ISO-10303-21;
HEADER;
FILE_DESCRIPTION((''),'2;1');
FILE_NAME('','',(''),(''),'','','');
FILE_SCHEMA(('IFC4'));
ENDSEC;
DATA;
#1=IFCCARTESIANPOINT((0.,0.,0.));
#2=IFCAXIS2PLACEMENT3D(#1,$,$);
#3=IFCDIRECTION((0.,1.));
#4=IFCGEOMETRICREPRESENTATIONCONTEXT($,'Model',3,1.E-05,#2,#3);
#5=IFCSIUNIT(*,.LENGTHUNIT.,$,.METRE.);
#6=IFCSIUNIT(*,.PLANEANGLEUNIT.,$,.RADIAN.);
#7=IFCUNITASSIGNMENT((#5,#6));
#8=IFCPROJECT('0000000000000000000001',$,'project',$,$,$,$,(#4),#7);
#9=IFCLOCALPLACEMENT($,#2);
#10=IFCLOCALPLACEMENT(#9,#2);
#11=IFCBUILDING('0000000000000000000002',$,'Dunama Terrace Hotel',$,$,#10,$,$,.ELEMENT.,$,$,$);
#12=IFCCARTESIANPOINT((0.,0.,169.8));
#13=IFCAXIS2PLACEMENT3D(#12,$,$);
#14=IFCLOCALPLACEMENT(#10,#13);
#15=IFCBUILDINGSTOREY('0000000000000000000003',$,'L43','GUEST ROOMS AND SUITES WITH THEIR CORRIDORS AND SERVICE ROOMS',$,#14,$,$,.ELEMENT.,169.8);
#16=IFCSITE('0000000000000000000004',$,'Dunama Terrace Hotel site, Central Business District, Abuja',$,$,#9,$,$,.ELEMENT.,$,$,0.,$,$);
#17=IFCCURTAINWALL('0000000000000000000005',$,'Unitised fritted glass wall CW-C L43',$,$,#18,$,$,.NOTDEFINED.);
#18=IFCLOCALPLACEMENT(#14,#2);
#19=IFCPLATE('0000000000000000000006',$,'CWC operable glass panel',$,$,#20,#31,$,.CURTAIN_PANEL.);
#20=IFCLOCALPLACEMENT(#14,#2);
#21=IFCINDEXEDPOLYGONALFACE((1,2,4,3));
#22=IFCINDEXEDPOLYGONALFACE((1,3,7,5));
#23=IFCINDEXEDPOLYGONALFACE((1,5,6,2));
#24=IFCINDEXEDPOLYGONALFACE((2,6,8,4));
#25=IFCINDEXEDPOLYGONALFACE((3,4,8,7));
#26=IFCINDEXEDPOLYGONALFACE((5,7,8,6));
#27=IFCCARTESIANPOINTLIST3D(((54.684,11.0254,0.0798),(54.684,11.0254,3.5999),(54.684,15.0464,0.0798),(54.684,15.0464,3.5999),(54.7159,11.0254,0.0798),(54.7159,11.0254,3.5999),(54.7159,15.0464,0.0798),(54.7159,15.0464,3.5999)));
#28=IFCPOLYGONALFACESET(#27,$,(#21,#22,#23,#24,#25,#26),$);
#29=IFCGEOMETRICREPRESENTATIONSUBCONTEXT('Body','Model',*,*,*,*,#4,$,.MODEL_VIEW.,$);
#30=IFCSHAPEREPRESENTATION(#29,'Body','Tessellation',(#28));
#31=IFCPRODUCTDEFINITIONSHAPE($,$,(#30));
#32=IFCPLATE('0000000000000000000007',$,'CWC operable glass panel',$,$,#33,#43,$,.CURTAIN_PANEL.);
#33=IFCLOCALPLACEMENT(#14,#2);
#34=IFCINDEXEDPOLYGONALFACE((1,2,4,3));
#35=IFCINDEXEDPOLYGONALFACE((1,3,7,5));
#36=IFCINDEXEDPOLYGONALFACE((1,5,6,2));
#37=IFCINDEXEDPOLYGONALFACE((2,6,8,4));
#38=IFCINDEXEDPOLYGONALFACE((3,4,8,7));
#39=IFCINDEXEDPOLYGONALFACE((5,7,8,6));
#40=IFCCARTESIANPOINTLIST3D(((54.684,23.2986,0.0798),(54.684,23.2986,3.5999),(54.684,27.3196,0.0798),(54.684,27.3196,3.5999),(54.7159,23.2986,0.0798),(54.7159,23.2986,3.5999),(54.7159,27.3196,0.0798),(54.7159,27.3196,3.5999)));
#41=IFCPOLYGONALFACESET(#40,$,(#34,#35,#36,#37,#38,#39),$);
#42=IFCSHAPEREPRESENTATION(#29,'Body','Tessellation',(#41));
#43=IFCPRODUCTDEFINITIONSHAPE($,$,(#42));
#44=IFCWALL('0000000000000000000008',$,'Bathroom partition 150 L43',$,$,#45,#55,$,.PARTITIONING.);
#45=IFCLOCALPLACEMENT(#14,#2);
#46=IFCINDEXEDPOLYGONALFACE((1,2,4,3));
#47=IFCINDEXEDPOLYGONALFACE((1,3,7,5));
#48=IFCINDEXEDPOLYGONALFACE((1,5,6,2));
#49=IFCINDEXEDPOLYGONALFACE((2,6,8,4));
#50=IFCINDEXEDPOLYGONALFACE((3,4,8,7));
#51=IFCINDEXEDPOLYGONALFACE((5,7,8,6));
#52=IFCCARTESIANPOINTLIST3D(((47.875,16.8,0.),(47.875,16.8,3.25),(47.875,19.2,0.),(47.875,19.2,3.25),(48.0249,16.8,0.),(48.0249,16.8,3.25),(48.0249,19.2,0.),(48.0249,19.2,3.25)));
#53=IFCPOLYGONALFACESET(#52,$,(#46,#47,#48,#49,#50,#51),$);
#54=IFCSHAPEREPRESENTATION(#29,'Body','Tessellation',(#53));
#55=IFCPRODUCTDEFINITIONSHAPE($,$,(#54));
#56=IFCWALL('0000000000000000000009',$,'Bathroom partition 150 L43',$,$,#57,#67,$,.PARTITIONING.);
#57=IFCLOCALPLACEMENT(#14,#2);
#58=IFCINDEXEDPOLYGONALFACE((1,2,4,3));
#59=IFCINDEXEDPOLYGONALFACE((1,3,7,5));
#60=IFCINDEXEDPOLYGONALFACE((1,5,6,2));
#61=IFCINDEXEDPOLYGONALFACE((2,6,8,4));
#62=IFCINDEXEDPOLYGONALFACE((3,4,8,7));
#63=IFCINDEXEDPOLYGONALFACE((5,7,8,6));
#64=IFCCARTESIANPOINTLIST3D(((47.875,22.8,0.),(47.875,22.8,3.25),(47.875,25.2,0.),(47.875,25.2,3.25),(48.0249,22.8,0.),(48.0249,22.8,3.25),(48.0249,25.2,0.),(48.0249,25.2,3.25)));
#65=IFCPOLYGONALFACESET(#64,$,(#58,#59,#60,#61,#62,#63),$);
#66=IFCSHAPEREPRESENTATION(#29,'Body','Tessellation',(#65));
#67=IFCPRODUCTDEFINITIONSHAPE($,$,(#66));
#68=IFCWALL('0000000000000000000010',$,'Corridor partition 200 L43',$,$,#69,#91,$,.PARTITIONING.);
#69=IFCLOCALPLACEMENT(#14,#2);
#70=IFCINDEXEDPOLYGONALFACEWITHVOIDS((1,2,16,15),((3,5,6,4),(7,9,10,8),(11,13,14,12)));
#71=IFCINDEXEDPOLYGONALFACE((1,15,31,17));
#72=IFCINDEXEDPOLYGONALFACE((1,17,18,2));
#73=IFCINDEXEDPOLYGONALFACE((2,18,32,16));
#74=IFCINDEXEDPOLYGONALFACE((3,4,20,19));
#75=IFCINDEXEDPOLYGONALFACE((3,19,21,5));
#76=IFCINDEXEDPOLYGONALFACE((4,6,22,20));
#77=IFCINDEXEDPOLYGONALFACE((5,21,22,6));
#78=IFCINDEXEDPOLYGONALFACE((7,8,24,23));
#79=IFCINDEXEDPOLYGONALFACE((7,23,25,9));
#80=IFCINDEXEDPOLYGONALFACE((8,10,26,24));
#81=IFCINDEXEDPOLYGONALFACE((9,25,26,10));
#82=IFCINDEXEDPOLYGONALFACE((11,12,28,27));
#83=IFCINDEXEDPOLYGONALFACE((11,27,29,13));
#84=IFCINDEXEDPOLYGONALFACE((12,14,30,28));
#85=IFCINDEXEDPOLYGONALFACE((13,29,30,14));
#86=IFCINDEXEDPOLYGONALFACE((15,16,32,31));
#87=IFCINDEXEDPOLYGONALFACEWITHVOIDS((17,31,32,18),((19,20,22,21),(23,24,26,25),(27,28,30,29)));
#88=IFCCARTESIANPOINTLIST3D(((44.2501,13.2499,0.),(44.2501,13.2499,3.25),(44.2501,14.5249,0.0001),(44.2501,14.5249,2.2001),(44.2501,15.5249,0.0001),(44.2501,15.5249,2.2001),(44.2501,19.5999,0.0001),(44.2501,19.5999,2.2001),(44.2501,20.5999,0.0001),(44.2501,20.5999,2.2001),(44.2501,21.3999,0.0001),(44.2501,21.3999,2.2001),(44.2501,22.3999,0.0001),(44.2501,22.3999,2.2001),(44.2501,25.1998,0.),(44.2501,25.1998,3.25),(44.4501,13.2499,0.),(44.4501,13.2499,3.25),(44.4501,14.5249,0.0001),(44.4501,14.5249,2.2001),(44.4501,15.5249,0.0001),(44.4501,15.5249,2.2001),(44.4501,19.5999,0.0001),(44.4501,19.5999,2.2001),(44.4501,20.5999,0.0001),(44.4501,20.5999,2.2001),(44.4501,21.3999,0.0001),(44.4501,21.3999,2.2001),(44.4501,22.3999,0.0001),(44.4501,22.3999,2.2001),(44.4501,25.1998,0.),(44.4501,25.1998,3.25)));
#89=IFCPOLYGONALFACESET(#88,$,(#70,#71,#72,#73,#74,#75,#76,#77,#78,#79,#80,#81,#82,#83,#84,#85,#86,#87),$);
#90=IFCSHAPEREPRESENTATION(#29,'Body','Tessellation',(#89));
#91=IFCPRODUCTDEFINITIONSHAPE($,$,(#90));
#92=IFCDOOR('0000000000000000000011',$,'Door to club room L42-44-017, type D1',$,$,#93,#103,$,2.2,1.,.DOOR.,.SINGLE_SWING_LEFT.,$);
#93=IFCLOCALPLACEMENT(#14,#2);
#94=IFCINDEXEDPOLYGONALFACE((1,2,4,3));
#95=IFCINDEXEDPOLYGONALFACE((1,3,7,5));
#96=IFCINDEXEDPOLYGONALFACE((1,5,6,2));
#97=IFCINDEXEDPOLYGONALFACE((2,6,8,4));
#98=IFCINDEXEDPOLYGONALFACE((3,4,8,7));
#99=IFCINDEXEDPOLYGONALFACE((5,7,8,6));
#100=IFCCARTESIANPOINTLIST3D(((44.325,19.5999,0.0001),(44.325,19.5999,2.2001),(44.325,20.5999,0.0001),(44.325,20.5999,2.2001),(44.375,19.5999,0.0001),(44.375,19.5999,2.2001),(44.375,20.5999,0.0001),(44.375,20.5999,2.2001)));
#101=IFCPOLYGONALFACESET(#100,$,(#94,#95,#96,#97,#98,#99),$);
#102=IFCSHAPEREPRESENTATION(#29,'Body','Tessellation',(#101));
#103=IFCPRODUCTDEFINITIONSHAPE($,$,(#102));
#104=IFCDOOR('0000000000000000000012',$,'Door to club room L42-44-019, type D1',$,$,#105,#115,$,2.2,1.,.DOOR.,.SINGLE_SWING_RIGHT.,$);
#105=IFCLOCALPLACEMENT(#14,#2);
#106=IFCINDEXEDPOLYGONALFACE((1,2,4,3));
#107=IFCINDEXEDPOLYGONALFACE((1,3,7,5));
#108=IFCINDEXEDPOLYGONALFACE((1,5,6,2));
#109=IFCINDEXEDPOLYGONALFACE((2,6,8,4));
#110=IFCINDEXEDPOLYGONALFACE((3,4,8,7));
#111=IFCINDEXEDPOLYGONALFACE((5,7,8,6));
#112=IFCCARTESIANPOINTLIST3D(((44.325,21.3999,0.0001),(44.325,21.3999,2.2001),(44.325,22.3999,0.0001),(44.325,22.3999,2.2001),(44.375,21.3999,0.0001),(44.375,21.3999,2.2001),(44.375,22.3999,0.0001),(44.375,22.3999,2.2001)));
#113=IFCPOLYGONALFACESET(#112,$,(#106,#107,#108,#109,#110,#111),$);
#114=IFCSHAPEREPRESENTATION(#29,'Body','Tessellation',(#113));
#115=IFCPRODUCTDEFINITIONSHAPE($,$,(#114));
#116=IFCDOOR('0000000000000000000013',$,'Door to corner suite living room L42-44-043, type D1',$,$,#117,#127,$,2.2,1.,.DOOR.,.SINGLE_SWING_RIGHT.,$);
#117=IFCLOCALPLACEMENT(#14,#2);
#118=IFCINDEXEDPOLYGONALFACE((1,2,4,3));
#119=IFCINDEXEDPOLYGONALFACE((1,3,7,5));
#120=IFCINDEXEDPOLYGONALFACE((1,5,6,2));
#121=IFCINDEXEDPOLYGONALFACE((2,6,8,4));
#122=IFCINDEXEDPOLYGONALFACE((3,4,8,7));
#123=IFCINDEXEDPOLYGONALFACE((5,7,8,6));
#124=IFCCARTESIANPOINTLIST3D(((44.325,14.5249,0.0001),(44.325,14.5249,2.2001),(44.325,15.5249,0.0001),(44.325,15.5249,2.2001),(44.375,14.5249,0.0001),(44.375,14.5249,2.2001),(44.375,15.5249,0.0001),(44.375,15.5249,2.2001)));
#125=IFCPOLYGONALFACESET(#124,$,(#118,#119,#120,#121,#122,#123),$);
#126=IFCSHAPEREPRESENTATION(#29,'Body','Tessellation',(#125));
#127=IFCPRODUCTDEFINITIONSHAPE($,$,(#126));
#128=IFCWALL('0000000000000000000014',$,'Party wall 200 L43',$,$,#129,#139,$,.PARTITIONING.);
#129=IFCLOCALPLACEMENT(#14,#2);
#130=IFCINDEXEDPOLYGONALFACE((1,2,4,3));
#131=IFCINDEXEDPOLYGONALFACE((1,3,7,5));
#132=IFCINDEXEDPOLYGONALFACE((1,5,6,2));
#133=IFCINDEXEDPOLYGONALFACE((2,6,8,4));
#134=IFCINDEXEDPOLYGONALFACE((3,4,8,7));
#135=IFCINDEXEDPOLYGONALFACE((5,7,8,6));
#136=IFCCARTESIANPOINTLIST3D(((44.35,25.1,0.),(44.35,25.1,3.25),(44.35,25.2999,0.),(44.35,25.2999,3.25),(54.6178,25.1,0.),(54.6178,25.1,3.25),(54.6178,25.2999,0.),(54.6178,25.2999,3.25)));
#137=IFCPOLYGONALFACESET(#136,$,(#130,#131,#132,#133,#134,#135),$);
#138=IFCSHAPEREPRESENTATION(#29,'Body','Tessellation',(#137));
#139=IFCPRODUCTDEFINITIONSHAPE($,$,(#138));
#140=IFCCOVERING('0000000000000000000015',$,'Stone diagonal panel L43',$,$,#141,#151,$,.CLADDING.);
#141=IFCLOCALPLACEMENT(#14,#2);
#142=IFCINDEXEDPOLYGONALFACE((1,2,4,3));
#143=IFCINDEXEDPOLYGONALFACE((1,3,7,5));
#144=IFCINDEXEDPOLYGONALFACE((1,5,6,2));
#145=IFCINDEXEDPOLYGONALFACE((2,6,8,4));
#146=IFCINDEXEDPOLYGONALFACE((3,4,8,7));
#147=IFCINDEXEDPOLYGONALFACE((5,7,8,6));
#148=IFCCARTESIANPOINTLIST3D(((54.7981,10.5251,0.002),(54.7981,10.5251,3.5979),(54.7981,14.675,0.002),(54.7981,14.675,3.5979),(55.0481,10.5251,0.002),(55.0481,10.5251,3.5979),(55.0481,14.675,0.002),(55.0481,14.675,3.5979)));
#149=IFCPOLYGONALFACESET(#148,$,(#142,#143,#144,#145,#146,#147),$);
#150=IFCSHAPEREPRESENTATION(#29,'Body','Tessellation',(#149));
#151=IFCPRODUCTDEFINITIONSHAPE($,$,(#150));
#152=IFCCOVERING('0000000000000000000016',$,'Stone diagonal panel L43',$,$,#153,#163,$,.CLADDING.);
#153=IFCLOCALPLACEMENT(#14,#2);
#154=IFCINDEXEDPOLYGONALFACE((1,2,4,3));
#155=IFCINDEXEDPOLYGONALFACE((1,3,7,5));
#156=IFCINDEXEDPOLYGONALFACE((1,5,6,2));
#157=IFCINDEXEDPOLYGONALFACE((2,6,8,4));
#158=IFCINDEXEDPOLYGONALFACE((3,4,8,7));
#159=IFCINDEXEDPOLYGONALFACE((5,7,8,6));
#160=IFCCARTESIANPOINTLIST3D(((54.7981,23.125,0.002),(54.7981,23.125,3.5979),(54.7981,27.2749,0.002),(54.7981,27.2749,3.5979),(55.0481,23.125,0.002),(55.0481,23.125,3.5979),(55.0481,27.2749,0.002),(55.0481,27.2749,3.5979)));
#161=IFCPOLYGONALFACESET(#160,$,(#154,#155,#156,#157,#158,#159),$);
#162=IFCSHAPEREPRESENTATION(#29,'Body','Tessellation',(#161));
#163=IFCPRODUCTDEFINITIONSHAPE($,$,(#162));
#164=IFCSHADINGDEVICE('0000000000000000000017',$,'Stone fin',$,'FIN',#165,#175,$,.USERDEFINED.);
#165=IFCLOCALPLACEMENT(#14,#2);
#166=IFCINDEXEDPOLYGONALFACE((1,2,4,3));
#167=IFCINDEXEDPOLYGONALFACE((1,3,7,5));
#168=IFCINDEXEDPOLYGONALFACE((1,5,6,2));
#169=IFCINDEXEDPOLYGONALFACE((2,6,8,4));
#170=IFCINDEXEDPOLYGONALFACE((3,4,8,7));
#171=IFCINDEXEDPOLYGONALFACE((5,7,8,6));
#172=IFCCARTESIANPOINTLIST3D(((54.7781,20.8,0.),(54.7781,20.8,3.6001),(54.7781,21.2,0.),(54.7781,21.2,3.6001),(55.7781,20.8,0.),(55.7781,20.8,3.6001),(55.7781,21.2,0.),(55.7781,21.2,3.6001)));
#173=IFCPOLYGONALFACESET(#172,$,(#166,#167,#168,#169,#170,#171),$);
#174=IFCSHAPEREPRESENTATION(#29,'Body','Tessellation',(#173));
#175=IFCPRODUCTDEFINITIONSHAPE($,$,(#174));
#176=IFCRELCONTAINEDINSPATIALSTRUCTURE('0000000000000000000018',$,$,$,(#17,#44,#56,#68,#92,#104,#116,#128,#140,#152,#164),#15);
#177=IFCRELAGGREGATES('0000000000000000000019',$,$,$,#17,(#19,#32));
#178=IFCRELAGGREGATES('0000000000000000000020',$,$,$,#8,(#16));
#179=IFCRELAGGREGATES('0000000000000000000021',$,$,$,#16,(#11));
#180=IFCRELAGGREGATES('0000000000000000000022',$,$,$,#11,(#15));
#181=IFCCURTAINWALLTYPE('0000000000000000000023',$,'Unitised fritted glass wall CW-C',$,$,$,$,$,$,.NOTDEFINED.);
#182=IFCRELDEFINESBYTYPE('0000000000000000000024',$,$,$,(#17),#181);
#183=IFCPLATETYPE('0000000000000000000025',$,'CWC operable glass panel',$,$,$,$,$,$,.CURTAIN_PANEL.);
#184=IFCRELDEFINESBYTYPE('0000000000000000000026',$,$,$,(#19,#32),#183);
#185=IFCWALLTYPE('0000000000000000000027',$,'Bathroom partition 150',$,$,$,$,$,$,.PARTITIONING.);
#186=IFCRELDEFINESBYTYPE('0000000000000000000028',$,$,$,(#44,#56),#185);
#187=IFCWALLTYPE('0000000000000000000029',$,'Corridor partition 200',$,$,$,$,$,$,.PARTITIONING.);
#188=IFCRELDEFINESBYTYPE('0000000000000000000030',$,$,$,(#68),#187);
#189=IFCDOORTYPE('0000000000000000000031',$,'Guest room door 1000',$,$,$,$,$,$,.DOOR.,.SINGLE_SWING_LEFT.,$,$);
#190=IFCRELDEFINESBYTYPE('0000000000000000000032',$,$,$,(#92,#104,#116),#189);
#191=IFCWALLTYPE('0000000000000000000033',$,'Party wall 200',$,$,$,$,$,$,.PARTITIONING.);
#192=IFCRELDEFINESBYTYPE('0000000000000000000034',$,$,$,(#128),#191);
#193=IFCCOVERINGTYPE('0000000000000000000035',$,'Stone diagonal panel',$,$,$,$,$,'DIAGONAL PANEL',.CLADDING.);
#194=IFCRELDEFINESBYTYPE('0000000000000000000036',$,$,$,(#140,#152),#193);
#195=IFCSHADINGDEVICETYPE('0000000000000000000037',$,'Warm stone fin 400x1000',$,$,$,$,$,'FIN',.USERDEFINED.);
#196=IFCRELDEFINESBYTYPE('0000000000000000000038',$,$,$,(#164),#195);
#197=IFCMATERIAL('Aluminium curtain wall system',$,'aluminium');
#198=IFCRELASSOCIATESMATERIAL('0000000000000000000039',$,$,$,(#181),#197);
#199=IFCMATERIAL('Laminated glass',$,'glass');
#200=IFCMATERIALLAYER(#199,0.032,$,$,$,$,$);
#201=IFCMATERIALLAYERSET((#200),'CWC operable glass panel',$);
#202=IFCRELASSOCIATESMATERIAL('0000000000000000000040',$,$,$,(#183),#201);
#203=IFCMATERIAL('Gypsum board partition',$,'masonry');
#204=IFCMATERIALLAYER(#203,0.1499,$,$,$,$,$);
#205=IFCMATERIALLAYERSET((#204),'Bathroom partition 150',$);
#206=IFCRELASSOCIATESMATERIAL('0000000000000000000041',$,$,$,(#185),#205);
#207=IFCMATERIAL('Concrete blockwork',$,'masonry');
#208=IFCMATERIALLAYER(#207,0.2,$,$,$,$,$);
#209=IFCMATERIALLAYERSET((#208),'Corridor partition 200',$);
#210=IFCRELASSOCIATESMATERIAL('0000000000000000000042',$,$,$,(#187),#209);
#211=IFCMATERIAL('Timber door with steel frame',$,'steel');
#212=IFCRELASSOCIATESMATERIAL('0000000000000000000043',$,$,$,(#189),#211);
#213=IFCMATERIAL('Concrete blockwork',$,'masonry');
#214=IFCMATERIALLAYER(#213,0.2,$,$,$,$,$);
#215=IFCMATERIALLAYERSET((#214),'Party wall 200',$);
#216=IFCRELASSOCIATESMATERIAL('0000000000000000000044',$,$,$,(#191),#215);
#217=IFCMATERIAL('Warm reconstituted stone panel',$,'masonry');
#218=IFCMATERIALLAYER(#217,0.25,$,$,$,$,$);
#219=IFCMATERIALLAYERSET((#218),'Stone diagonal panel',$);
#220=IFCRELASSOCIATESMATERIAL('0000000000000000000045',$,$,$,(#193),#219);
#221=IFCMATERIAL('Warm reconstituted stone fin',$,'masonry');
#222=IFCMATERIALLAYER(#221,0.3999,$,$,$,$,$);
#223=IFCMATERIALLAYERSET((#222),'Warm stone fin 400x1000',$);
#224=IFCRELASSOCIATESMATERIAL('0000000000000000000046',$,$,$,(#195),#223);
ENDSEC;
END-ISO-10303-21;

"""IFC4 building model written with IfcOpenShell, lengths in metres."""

from ifc_helpers import new_model, si_unit, direction, frame, frame_2d, origin, origin_2d, place, context, subcontext, project, spatial, rectangle, extrude, material, layer, layer_set, type_object, element, fill, aggregate, save


model = new_model("IFC4")

# Units and contexts
model_context = context("Model", 3, precision=1e-05, world=origin(), true_north=direction((0.0, 1.0)))
body_context = subcontext(model_context, "Body", "Model", "MODEL_VIEW")
ifc_project = project(units=[si_unit("LENGTHUNIT", "METRE"), si_unit("PLANEANGLEUNIT", "RADIAN")], contexts=[model_context])

# Site, building, storey
site_placement = place(None, origin())
site = spatial("IfcSite", under=ifc_project, at=site_placement, Name="Dunama Terrace Hotel site, Central Business District, Abuja", CompositionType="ELEMENT", RefElevation=0.0)
building_placement = place(site_placement, origin())
building = spatial("IfcBuilding", under=site, at=building_placement, Name="Dunama Terrace Hotel", CompositionType="ELEMENT")
storey_placement = place(building_placement, frame((0.0, 0.0, 169.8)))
storey = spatial("IfcBuildingStorey", under=building, at=storey_placement, Name="L43", Description="GUEST ROOMS AND SUITES WITH THEIR CORRIDORS AND SERVICE ROOMS", CompositionType="ELEMENT", Elevation=169.8)

# Curtain wall
ifc_material_1 = material(Name="Aluminium curtain wall system", Category="aluminium")
curtain_wall_type = type_object("IfcCurtainWallType", Name="Unitised fritted glass wall CW-C", PredefinedType="NOTDEFINED", material=ifc_material_1)
curtain_wall_placement = place(storey_placement, origin())
curtain_wall = element("IfcCurtainWall", 1, at=curtain_wall_placement, inside=storey, type_object=curtain_wall_type, Name="Unitised fritted glass wall CW-C L43", PredefinedType="NOTDEFINED")

# Plates
ifc_material_2 = material(Name="Laminated glass", Category="glass")
ifc_layer_1 = layer(ifc_material_2, 0.032)
ifc_layer_set_1 = layer_set([ifc_layer_1], Name="CWC operable glass panel")
plate_type_1 = type_object("IfcPlateType", Name="CWC operable glass panel", PredefinedType="CURTAIN_PANEL", material=ifc_layer_set_1)
plate_1_placement = place(storey_placement, frame((54.7, 13.0359, 0.0798), z_axis=(0.0, 0.0, 1.0), x_axis=(0.0, 1.0, 0.0)))
plate_1 = element("IfcPlate", 2, at=plate_1_placement, type_object=plate_type_1, Name="CWC operable glass panel", PredefinedType="CURTAIN_PANEL", context=body_context, shape_type="SweptSolid", body=[
    extrude(rectangle(XDim=4.021, YDim=0.032, at=origin_2d()), origin(), (0.0, 0.0, 1.0), 3.52),
])
plate_2_placement = place(storey_placement, frame((54.7, 25.3091, 0.0798), z_axis=(0.0, 0.0, 1.0), x_axis=(0.0, 1.0, 0.0)))
plate_2 = element("IfcPlate", 3, at=plate_2_placement, type_object=plate_type_1, Name="CWC operable glass panel", PredefinedType="CURTAIN_PANEL", context=body_context, shape_type="SweptSolid", body=[
    extrude(rectangle(XDim=4.021, YDim=0.032, at=origin_2d()), origin(), (0.0, 0.0, 1.0), 3.52),
])
aggregate(curtain_wall, [plate_1, plate_2])

# Walls
ifc_material_3 = material(Name="Gypsum board partition", Category="masonry")
ifc_layer_2 = layer(ifc_material_3, 0.1499)
ifc_layer_set_2 = layer_set([ifc_layer_2], Name="Bathroom partition 150")
wall_type_1 = type_object("IfcWallType", Name="Bathroom partition 150", PredefinedType="PARTITIONING", material=ifc_layer_set_2)
for number, where, z_axis, x_axis, name in (
    (4, (47.95, 16.8, 0.0), (0.0, 0.0, 1.0), (0.0, 1.0, 0.0), "Bathroom partition 150 L43"),
    (5, (47.95, 22.8, 0.0), (0.0, 0.0, 1.0), (0.0, 1.0, 0.0), "Bathroom partition 150 L43"),
):
    element("IfcWall", number, at=place(storey_placement, frame(where, z_axis=z_axis, x_axis=x_axis)), inside=storey, type_object=wall_type_1, Name=name, PredefinedType="PARTITIONING", context=body_context, shape_type="SweptSolid", body=[
        extrude(rectangle(XDim=2.3999, YDim=0.1499, at=frame_2d((1.2, 0.0))), origin(), (0.0, 0.0, 1.0), 3.25),
    ])

# Wall, openings, doors
ifc_material_4 = material(Name="Concrete blockwork", Category="masonry")
ifc_layer_3 = layer(ifc_material_4, 0.2)
ifc_layer_set_3 = layer_set([ifc_layer_3], Name="Corridor partition 200")
wall_type_2 = type_object("IfcWallType", Name="Corridor partition 200", PredefinedType="PARTITIONING", material=ifc_layer_set_3)
wall_1_placement = place(storey_placement, frame((44.3501, 25.2, 0.0), z_axis=(0.0, 0.0, 1.0), x_axis=(0.0, -1.0, 0.0)))
wall_1 = element("IfcWall", 6, at=wall_1_placement, inside=storey, type_object=wall_type_2, Name="Corridor partition 200 L43", PredefinedType="PARTITIONING", context=body_context, shape_type="SweptSolid", body=[
    extrude(rectangle(XDim=11.95, YDim=0.2, at=frame_2d((5.9751, 0.0))), origin(), (0.0, 0.0, 1.0), 3.25),
])
opening_1_placement = place(wall_1_placement, frame((4.6001, 0.0, 0.0)))
opening_1 = element("IfcOpeningElement", 7, at=opening_1_placement, cuts=wall_1, PredefinedType="OPENING", context=body_context, shape_type="SweptSolid", body=[
    extrude(rectangle(XDim=1.0, YDim=2.2, at=frame_2d((0.5, 1.1001))), frame((0.0, 0.1099, 0.0), z_axis=(0.0, -1.0, 0.0), x_axis=(1.0, 0.0, 0.0)), (0.0, 0.0, 1.0), 0.22),
])
opening_2_placement = place(wall_1_placement, frame((2.8, 0.0, 0.0)))
opening_2 = element("IfcOpeningElement", 8, at=opening_2_placement, cuts=wall_1, PredefinedType="OPENING", context=body_context, shape_type="SweptSolid", body=[
    extrude(rectangle(XDim=1.0, YDim=2.2, at=frame_2d((0.5, 1.1001))), frame((0.0, 0.1099, 0.0), z_axis=(0.0, -1.0, 0.0), x_axis=(1.0, 0.0, 0.0)), (0.0, 0.0, 1.0), 0.22),
])
opening_3_placement = place(wall_1_placement, frame((9.675, 0.0, 0.0)))
opening_3 = element("IfcOpeningElement", 9, at=opening_3_placement, cuts=wall_1, PredefinedType="OPENING", context=body_context, shape_type="SweptSolid", body=[
    extrude(rectangle(XDim=1.0, YDim=2.2, at=frame_2d((0.5, 1.1001))), frame((0.0, 0.1099, 0.0), z_axis=(0.0, -1.0, 0.0), x_axis=(1.0, 0.0, 0.0)), (0.0, 0.0, 1.0), 0.22),
])
ifc_material_5 = material(Name="Timber door with steel frame", Category="steel")
door_type = type_object("IfcDoorType", Name="Guest room door 1000", OperationType="SINGLE_SWING_LEFT", PredefinedType="DOOR", material=ifc_material_5)
door_1_placement = place(opening_1_placement, origin())
door_1 = element("IfcDoor", 10, at=door_1_placement, inside=storey, type_object=door_type, Name="Door to club room L42-44-017, type D1", OperationType="SINGLE_SWING_LEFT", OverallHeight=2.2, OverallWidth=1.0, PredefinedType="DOOR", context=body_context, shape_type="SweptSolid", body=[
    extrude(rectangle(XDim=1.0, YDim=2.2, at=frame_2d((0.5, 1.1001))), frame((0.0, 0.0249, 0.0), z_axis=(0.0, -1.0, 0.0), x_axis=(1.0, 0.0, 0.0)), (0.0, 0.0, 1.0), 0.05),
])
fill(opening_1, door_1)
door_2_placement = place(opening_2_placement, origin())
door_2 = element("IfcDoor", 11, at=door_2_placement, inside=storey, type_object=door_type, Name="Door to club room L42-44-019, type D1", OperationType="SINGLE_SWING_RIGHT", OverallHeight=2.2, OverallWidth=1.0, PredefinedType="DOOR", context=body_context, shape_type="SweptSolid", body=[
    extrude(rectangle(XDim=1.0, YDim=2.2, at=frame_2d((0.5, 1.1001))), frame((0.0, 0.0249, 0.0), z_axis=(0.0, -1.0, 0.0), x_axis=(1.0, 0.0, 0.0)), (0.0, 0.0, 1.0), 0.05),
])
fill(opening_2, door_2)
door_3_placement = place(opening_3_placement, origin())
door_3 = element("IfcDoor", 12, at=door_3_placement, inside=storey, type_object=door_type, Name="Door to corner suite living room L42-44-043, type D1", OperationType="SINGLE_SWING_RIGHT", OverallHeight=2.2, OverallWidth=1.0, PredefinedType="DOOR", context=body_context, shape_type="SweptSolid", body=[
    extrude(rectangle(XDim=1.0, YDim=2.2, at=frame_2d((0.5, 1.1001))), frame((0.0, 0.0249, 0.0), z_axis=(0.0, -1.0, 0.0), x_axis=(1.0, 0.0, 0.0)), (0.0, 0.0, 1.0), 0.05),
])
fill(opening_3, door_3)

# Wall
ifc_material_6 = material(Name="Concrete blockwork", Category="masonry")
ifc_layer_4 = layer(ifc_material_6, 0.2)
ifc_layer_set_4 = layer_set([ifc_layer_4], Name="Party wall 200")
wall_type_3 = type_object("IfcWallType", Name="Party wall 200", PredefinedType="PARTITIONING", material=ifc_layer_set_4)
wall_2_placement = place(storey_placement, frame((44.3501, 25.2, 0.0), z_axis=(0.0, 0.0, 1.0), x_axis=(1.0, 0.0, 0.0)))
element("IfcWall", 13, at=wall_2_placement, inside=storey, type_object=wall_type_3, Name="Party wall 200 L43", PredefinedType="PARTITIONING", context=body_context, shape_type="SweptSolid", body=[
    extrude(rectangle(XDim=10.2678, YDim=0.2, at=frame_2d((5.1338, 0.0))), origin(), (0.0, 0.0, 1.0), 3.25),
])

# Coverings
ifc_material_7 = material(Name="Warm reconstituted stone panel", Category="masonry")
ifc_layer_5 = layer(ifc_material_7, 0.25)
ifc_layer_set_5 = layer_set([ifc_layer_5], Name="Stone diagonal panel")
covering_type = type_object("IfcCoveringType", Name="Stone diagonal panel", ElementType="DIAGONAL PANEL", PredefinedType="CLADDING", material=ifc_layer_set_5)
for number, where, z_axis, x_axis, name in (
    (14, (54.9231, 12.6001, 0.002), (0.0, 0.0, 1.0), (0.0, 1.0, 0.0), "Stone diagonal panel L43"),
    (15, (54.9231, 25.2, 0.002), (0.0, 0.0, 1.0), (0.0, 1.0, 0.0), "Stone diagonal panel L43"),
):
    element("IfcCovering", number, at=place(storey_placement, frame(where, z_axis=z_axis, x_axis=x_axis)), inside=storey, type_object=covering_type, Name=name, PredefinedType="CLADDING", context=body_context, shape_type="SweptSolid", body=[
        extrude(rectangle(XDim=4.1499, YDim=0.25, at=origin_2d()), origin(), (0.0, 0.0, 1.0), 3.5959),
    ])

# Shading device
ifc_material_8 = material(Name="Warm reconstituted stone fin", Category="masonry")
ifc_layer_6 = layer(ifc_material_8, 0.3999)
ifc_layer_set_6 = layer_set([ifc_layer_6], Name="Warm stone fin 400x1000")
shading_device_type = type_object("IfcShadingDeviceType", Name="Warm stone fin 400x1000", ElementType="FIN", PredefinedType="USERDEFINED", material=ifc_layer_set_6)
shading_device_placement = place(storey_placement, frame((55.2781, 21.0, 0.0), z_axis=(0.0, 0.0, 1.0), x_axis=(0.0, 1.0, 0.0)))
element("IfcShadingDevice", 16, at=shading_device_placement, inside=storey, type_object=shading_device_type, Name="Stone fin", ObjectType="FIN", PredefinedType="USERDEFINED", context=body_context, shape_type="SweptSolid", body=[
    extrude(rectangle(XDim=0.3999, YDim=1.0, at=origin_2d()), origin(), (0.0, 0.0, 1.0), 3.6001),
])

save(model, "model.ifc")
